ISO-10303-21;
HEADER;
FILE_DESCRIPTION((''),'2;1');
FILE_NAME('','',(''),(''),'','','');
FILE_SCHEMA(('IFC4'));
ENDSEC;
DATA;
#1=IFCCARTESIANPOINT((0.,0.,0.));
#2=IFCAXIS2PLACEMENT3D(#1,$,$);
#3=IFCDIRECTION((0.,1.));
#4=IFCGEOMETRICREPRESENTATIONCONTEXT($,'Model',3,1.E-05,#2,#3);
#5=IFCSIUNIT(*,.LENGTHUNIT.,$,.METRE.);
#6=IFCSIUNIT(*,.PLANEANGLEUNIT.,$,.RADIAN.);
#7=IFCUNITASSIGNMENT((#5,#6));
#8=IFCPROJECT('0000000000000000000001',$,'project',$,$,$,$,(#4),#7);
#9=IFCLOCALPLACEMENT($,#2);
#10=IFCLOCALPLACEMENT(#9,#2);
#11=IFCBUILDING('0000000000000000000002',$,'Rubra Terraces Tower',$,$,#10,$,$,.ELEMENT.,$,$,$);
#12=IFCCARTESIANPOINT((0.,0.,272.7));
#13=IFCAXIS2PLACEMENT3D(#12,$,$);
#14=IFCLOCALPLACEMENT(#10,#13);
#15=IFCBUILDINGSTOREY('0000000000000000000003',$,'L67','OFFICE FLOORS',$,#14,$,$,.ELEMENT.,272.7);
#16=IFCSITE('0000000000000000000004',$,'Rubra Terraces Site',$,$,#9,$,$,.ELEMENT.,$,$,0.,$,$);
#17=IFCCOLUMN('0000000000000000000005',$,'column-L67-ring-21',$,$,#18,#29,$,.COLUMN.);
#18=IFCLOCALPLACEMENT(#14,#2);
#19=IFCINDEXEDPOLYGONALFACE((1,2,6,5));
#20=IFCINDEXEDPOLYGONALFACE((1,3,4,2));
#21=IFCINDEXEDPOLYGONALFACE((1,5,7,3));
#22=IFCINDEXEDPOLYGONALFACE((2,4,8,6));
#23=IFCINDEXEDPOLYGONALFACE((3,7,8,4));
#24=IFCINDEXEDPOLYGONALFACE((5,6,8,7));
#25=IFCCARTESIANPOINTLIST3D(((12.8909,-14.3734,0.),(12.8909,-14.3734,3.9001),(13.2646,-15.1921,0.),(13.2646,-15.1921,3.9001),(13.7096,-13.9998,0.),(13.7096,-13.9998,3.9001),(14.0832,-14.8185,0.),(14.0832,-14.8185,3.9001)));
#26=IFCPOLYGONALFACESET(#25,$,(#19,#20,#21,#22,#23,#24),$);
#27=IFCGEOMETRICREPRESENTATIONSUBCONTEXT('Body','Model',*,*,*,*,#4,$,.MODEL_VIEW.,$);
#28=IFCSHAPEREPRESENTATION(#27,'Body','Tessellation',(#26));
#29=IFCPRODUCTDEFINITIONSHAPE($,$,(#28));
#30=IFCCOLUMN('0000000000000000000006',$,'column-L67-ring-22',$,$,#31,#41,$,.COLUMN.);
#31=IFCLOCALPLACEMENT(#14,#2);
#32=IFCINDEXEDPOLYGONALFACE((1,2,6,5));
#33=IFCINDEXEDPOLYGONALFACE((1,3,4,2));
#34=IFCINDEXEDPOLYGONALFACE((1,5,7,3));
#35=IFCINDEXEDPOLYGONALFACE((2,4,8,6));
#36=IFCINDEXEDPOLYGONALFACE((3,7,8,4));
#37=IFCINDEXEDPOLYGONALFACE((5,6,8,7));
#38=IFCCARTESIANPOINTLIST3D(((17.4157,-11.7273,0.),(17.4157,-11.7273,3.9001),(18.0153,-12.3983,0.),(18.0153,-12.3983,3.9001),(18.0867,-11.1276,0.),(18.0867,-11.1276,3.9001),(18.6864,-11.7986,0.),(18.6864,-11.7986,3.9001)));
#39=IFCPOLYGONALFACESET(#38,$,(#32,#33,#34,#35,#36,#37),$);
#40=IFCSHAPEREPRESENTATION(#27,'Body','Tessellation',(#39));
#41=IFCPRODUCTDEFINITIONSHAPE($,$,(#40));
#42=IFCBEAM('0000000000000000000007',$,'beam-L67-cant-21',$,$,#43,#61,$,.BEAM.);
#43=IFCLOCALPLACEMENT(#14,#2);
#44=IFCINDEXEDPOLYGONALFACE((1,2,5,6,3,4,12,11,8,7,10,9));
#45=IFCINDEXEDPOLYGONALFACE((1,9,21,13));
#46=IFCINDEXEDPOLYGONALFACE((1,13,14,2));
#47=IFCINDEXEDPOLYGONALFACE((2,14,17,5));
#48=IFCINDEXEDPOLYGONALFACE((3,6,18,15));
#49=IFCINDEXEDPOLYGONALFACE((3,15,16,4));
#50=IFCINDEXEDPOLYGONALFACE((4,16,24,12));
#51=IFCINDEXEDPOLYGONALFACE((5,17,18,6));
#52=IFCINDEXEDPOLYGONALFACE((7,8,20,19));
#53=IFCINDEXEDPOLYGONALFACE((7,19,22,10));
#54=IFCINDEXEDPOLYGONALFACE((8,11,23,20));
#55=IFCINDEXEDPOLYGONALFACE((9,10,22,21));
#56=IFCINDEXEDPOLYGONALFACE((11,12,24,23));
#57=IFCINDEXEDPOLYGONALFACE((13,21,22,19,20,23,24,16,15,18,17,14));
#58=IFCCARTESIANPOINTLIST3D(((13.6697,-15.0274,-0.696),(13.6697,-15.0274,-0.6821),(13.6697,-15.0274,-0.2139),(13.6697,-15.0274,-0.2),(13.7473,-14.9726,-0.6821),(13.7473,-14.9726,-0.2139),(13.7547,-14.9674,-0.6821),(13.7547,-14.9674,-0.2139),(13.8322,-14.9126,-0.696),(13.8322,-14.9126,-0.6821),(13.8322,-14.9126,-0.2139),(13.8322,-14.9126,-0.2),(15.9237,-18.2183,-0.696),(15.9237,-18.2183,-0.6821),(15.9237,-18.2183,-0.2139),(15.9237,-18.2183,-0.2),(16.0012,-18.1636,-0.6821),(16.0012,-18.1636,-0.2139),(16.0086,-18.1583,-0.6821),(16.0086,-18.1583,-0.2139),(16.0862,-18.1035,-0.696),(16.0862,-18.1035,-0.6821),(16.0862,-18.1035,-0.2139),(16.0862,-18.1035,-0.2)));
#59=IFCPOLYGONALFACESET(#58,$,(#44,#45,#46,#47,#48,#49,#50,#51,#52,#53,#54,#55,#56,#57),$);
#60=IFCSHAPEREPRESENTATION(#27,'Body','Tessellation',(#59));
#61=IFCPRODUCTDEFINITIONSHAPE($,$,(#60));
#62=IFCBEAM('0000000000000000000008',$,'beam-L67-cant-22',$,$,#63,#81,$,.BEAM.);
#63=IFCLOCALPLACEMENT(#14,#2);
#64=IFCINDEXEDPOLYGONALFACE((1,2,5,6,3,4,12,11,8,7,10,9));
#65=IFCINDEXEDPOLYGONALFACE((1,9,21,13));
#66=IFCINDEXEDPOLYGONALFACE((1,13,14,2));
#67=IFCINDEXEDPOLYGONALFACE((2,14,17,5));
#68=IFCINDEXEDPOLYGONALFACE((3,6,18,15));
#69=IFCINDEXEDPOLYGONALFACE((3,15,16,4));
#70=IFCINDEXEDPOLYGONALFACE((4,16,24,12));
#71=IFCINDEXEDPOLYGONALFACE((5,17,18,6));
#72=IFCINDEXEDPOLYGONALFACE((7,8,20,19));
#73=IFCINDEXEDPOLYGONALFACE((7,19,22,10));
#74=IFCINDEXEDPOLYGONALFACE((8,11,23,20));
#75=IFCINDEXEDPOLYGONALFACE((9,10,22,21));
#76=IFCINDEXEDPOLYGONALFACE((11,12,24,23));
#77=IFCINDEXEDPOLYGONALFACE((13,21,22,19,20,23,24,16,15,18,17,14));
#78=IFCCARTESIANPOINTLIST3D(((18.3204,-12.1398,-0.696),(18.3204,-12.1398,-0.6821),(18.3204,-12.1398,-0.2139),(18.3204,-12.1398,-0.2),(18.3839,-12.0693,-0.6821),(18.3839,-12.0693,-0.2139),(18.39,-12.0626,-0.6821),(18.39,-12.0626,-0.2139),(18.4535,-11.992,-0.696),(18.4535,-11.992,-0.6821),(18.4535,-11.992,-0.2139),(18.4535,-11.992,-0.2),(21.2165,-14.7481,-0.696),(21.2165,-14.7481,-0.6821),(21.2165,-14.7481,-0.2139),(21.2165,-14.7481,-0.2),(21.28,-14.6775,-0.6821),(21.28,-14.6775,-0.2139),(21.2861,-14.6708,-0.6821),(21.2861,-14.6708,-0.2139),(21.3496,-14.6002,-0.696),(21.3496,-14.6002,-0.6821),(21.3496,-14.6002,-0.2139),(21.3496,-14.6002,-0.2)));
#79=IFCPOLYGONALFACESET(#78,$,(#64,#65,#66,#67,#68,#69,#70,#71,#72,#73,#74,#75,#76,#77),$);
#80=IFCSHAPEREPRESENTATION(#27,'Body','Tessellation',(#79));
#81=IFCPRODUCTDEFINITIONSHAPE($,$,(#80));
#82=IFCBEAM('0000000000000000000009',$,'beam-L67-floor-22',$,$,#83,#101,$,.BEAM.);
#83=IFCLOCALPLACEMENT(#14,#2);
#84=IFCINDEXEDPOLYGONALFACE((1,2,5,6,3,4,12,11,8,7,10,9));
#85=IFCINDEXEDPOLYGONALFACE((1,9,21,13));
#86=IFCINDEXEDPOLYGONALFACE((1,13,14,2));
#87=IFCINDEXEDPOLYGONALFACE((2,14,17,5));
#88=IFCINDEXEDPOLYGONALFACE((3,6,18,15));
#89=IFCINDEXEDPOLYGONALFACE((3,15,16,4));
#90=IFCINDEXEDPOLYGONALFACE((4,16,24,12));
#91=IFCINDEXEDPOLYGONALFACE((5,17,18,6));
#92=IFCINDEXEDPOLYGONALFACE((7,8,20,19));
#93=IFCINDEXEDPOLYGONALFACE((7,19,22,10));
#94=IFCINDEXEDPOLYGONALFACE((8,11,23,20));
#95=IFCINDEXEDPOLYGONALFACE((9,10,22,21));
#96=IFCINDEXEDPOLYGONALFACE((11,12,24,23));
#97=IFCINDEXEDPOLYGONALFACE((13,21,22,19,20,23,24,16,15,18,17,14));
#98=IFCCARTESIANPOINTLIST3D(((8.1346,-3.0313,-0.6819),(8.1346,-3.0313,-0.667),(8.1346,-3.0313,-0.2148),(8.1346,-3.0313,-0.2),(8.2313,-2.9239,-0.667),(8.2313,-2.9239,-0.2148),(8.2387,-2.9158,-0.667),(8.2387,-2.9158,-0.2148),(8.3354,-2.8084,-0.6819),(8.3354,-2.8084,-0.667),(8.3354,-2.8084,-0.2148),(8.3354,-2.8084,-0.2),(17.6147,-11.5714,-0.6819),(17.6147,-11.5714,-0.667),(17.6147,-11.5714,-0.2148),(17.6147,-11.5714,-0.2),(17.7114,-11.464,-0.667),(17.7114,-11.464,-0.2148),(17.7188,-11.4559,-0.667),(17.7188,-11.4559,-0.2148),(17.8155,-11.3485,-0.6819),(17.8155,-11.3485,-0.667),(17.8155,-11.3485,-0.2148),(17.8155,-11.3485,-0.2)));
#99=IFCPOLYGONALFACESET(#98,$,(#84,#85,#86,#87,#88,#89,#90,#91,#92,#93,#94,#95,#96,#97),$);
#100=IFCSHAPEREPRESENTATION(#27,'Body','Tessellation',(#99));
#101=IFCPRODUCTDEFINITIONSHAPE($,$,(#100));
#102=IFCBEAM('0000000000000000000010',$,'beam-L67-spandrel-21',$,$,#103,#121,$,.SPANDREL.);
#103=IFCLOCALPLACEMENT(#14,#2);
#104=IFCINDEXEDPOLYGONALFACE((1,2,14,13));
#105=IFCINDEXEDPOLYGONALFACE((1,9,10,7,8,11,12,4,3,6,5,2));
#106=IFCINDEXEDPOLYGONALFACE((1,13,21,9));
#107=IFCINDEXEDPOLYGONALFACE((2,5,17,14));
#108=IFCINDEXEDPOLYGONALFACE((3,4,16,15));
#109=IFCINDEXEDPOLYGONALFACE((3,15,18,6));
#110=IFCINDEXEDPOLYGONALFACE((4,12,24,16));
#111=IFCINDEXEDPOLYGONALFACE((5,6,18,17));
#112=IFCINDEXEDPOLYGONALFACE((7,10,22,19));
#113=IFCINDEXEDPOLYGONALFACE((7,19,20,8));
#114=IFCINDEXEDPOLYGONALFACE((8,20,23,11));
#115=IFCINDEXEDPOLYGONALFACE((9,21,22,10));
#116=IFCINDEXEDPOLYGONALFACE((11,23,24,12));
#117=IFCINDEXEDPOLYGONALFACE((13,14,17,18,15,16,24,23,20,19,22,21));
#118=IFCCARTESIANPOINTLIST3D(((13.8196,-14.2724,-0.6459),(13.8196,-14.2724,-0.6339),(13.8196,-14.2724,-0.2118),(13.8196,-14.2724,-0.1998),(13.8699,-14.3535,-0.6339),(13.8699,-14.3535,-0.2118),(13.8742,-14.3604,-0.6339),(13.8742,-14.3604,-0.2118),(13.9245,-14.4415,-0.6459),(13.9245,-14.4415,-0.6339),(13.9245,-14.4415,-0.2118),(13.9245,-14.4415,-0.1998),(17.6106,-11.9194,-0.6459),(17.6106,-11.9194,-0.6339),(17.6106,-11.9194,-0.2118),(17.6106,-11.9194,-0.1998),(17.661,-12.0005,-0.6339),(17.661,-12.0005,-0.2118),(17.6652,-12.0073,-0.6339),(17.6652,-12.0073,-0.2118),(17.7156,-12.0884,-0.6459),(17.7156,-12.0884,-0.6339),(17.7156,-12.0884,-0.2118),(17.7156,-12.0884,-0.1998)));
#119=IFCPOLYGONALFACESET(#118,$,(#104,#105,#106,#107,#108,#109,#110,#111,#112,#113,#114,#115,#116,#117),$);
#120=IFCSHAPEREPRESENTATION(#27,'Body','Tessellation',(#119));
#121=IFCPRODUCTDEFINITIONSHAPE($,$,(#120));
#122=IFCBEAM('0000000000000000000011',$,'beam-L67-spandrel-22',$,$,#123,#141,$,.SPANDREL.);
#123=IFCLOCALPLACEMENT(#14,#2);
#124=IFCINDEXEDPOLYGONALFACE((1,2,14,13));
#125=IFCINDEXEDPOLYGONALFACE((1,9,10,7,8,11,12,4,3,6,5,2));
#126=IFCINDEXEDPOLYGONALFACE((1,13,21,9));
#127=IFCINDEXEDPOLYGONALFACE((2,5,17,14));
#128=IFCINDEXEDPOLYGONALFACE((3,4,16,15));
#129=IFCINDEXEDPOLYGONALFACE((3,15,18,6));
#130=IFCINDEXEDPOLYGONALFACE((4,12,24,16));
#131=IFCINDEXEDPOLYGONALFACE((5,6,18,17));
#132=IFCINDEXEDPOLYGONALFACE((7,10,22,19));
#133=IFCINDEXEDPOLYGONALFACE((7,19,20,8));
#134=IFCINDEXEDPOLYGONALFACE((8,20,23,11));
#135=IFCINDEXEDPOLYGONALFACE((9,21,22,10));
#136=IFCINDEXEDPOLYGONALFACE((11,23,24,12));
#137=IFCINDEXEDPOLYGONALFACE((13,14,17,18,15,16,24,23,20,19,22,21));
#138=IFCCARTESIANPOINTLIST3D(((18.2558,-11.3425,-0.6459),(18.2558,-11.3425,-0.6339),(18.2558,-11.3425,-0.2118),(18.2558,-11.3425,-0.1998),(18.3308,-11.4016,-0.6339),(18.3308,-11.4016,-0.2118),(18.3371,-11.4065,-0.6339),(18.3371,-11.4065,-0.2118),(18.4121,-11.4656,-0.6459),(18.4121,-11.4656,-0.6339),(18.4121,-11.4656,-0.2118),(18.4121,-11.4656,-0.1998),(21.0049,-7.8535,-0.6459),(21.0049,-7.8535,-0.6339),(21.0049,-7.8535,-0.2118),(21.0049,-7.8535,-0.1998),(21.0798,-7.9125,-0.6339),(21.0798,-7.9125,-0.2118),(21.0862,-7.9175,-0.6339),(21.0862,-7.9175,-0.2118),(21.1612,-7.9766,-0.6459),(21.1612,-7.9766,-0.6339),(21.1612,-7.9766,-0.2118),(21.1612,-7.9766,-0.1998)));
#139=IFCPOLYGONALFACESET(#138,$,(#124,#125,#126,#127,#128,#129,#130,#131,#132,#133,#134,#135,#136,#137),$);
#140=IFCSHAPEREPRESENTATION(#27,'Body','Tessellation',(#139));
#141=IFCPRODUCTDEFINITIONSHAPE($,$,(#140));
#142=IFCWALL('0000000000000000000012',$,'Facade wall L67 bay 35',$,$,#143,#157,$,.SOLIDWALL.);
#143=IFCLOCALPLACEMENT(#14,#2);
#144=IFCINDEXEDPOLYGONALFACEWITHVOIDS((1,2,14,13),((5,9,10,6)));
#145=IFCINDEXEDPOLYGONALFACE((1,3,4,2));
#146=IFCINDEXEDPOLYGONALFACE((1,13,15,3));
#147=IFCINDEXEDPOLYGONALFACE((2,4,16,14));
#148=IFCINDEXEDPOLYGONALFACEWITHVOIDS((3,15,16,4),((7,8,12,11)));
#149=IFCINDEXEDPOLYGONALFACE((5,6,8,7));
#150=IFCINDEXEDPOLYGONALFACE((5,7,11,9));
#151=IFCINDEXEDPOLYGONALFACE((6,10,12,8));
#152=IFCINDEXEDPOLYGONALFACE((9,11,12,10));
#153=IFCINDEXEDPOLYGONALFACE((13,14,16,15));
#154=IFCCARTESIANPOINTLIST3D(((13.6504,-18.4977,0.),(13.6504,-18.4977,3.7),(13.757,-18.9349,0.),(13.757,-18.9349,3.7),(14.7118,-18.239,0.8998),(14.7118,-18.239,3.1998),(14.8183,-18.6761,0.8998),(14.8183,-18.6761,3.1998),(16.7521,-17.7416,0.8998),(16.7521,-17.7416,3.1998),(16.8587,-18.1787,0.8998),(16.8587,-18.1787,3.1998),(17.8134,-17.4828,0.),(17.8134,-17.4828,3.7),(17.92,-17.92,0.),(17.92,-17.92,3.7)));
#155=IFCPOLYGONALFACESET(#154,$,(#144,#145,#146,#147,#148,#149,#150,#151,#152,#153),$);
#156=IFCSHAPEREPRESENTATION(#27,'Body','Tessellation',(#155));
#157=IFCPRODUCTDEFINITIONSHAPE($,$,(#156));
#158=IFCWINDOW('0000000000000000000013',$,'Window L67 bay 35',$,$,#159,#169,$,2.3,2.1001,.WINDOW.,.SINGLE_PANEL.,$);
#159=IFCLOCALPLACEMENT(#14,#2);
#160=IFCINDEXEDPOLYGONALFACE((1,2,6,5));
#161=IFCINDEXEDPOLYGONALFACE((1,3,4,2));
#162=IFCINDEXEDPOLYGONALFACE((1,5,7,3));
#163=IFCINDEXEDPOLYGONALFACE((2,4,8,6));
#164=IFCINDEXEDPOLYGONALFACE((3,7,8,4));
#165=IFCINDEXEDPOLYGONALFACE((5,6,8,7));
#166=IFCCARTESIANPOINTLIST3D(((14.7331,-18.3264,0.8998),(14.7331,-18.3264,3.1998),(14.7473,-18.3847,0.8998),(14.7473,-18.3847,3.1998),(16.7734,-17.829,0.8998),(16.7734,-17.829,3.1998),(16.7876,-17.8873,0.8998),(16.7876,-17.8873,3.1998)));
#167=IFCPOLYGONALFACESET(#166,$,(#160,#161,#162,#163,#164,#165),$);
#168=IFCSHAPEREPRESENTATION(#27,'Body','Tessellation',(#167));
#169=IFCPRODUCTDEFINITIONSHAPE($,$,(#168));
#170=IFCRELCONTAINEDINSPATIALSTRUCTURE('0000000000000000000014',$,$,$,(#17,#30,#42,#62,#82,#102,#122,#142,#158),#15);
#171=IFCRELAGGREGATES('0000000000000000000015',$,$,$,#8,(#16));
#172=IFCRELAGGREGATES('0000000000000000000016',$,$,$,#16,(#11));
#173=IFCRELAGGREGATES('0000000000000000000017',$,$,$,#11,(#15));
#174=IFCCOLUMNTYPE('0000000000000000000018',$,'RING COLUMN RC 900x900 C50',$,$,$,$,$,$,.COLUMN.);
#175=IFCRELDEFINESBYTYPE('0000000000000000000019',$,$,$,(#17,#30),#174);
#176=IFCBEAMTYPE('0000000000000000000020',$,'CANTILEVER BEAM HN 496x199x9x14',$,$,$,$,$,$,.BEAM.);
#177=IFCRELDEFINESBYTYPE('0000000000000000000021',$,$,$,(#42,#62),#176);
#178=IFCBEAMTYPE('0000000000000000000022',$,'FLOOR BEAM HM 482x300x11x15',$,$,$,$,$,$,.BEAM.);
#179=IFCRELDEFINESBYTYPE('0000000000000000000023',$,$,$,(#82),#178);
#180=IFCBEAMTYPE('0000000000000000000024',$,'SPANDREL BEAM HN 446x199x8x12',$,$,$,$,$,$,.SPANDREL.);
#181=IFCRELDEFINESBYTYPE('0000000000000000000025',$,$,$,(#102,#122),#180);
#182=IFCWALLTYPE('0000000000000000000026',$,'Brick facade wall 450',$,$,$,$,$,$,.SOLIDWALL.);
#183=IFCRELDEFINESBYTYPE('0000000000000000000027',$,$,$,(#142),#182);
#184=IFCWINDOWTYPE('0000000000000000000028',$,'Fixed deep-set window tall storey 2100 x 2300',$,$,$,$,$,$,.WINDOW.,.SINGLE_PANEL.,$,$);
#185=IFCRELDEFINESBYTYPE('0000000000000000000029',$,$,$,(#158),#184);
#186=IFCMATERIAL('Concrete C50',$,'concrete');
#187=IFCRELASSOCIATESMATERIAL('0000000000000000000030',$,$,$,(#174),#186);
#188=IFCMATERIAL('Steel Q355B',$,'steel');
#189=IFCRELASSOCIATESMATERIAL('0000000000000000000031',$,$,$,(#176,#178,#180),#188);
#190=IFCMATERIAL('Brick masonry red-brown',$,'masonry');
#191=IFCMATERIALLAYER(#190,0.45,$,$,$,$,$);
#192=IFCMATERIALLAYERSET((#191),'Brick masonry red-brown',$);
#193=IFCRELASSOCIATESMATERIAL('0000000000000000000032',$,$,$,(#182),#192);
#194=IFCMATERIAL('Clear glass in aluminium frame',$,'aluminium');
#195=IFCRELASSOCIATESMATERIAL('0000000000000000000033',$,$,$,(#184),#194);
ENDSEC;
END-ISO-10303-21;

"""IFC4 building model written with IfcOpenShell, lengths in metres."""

from ifc_helpers import new_model, si_unit, direction, frame, frame_2d, origin, origin_2d, place, context, subcontext, project, spatial, rectangle, i_section, extrude, material, layer, layer_set, material_profile, profile_set, type_object, element, fill, save


model = new_model("IFC4")

# Units and contexts
model_context = context("Model", 3, precision=1e-05, world=origin(), true_north=direction((0.0, 1.0)))
body_context = subcontext(model_context, "Body", "Model", "MODEL_VIEW")
ifc_project = project(units=[si_unit("LENGTHUNIT", "METRE"), si_unit("PLANEANGLEUNIT", "RADIAN")], contexts=[model_context])

# Site, building, storey
site_placement = place(None, origin())
site = spatial("IfcSite", under=ifc_project, at=site_placement, Name="Rubra Terraces Site", CompositionType="ELEMENT", RefElevation=0.0)
building_placement = place(site_placement, origin())
building = spatial("IfcBuilding", under=site, at=building_placement, Name="Rubra Terraces Tower", CompositionType="ELEMENT")
storey_placement = place(building_placement, frame((0.0, 0.0, 272.7)))
storey = spatial("IfcBuildingStorey", under=building, at=storey_placement, Name="L67", Description="OFFICE FLOORS", CompositionType="ELEMENT", Elevation=272.7)

# Columns
ifc_material_1 = material(Name="Concrete C50", Category="concrete")
ifc_material_profile_1 = material_profile(ifc_material_1, rectangle(XDim=0.8999, YDim=0.8999, at=origin_2d()), Name="RC 900x900")
ifc_profile_set_1 = profile_set([ifc_material_profile_1], Name="Concrete C50")
column_type = type_object("IfcColumnType", Name="RING COLUMN RC 900x900 C50", PredefinedType="COLUMN", material=ifc_profile_set_1)
for number, where, z_axis, x_axis, name in (
    (1, (13.4871, -14.5959, 0.0), (0.0, 0.0, 1.0), (0.909726, 0.415208, 0.0), "column-L67-ring-21"),
    (2, (18.051, -11.7629, 0.0), (0.0, 0.0, 1.0), (0.745642, 0.666347, 0.0), "column-L67-ring-22"),
):
    element("IfcColumn", number, at=place(storey_placement, frame(where, z_axis=z_axis, x_axis=x_axis)), inside=storey, type_object=column_type, Name=name, PredefinedType="COLUMN", context=body_context, shape_type="SweptSolid", body=[
        extrude(rectangle(XDim=0.8999, YDim=0.8999, at=origin_2d()), origin(), (0.0, 0.0, 1.0), 3.9001),
    ])

# Beams
ifc_material_2 = material(Name="Steel Q355B", Category="steel")
ifc_material_profile_2 = material_profile(ifc_material_2, i_section(OverallWidth=0.199, OverallDepth=0.4961, WebThickness=0.009, FlangeThickness=0.0139, at=origin_2d()), Name="HN 496x199x9x14")
ifc_profile_set_2 = profile_set([ifc_material_profile_2], Name="Steel Q355B")
beam_type_1 = type_object("IfcBeamType", Name="CANTILEVER BEAM HN 496x199x9x14", PredefinedType="BEAM", material=ifc_profile_set_2)
beam_1_placement = place(storey_placement, frame((13.751, -14.97, -0.448), z_axis=(0.576938, -0.816788, 0.0), x_axis=(0.816788, 0.576938, 0.0)))
element("IfcBeam", 3, at=beam_1_placement, inside=storey, type_object=beam_type_1, Name="beam-L67-cant-21", PredefinedType="BEAM", context=body_context, shape_type="SweptSolid", body=[
    extrude(i_section(OverallWidth=0.199, OverallDepth=0.4961, WebThickness=0.009, FlangeThickness=0.0139, at=origin_2d()), origin(), (0.0, 0.0, 1.0), 3.9067),
])
beam_2_placement = place(storey_placement, frame((18.387, -12.0659, -0.448), z_axis=(0.74307, -0.669214, 0.0), x_axis=(0.669214, 0.74307, 0.0)))
element("IfcBeam", 4, at=beam_2_placement, inside=storey, type_object=beam_type_1, Name="beam-L67-cant-22", PredefinedType="BEAM", context=body_context, shape_type="SweptSolid", body=[
    extrude(i_section(OverallWidth=0.199, OverallDepth=0.4961, WebThickness=0.009, FlangeThickness=0.0139, at=origin_2d()), origin(), (0.0, 0.0, 1.0), 3.8975),
])
ifc_material_profile_3 = material_profile(ifc_material_2, i_section(OverallWidth=0.3, OverallDepth=0.4819, WebThickness=0.011, FlangeThickness=0.0149, at=origin_2d()), Name="HM 482x300x11x15")
ifc_profile_set_3 = profile_set([ifc_material_profile_3], Name="Steel Q355B")
beam_type_2 = type_object("IfcBeamType", Name="FLOOR BEAM HM 482x300x11x15", PredefinedType="BEAM", material=ifc_profile_set_3)
beam_3_placement = place(storey_placement, frame((17.7151, -11.46, -0.4409), z_axis=(-0.74298, 0.669314, 0.0), x_axis=(-0.669314, -0.74298, 0.0)))
element("IfcBeam", 5, at=beam_3_placement, inside=storey, type_object=beam_type_2, Name="beam-L67-floor-22", PredefinedType="BEAM", context=body_context, shape_type="SweptSolid", body=[
    extrude(i_section(OverallWidth=0.3, OverallDepth=0.4819, WebThickness=0.011, FlangeThickness=0.0149, at=origin_2d()), origin(), (0.0, 0.0, 1.0), 12.7595),
])
ifc_material_profile_4 = material_profile(ifc_material_2, i_section(OverallWidth=0.199, OverallDepth=0.446, WebThickness=0.0081, FlangeThickness=0.012, at=origin_2d()), Name="HN 446x199x8x12")
ifc_profile_set_4 = profile_set([ifc_material_profile_4], Name="Steel Q355B")
beam_type_3 = type_object("IfcBeamType", Name="SPANDREL BEAM HN 446x199x8x12", PredefinedType="SPANDREL", material=ifc_profile_set_4)
beam_4_placement = place(storey_placement, frame((13.8721, -14.3569, -0.4229), z_axis=(0.849642, 0.52736, 0.0), x_axis=(-0.52736, 0.849642, 0.0)))
element("IfcBeam", 6, at=beam_4_placement, inside=storey, type_object=beam_type_3, Name="beam-L67-spandrel-21", PredefinedType="SPANDREL", context=body_context, shape_type="SweptSolid", body=[
    extrude(i_section(OverallWidth=0.199, OverallDepth=0.446, WebThickness=0.0081, FlangeThickness=0.012, at=origin_2d()), origin(), (0.0, 0.0, 1.0), 4.4619),
])
beam_5_placement = place(storey_placement, frame((18.334, -11.4041, -0.4229), z_axis=(0.618887, 0.78548, 0.0), x_axis=(-0.78548, 0.618887, 0.0)))
element("IfcBeam", 7, at=beam_5_placement, inside=storey, type_object=beam_type_3, Name="beam-L67-spandrel-22", PredefinedType="SPANDREL", context=body_context, shape_type="SweptSolid", body=[
    extrude(i_section(OverallWidth=0.199, OverallDepth=0.446, WebThickness=0.0081, FlangeThickness=0.012, at=origin_2d()), origin(), (0.0, 0.0, 1.0), 4.4419),
])

# Wall, opening, window
ifc_material_3 = material(Name="Brick masonry red-brown", Category="masonry")
ifc_layer_1 = layer(ifc_material_3, 0.45)
ifc_layer_set_1 = layer_set([ifc_layer_1], Name="Brick masonry red-brown")
wall_type_1 = type_object("IfcWallType", Name="Brick facade wall 450", PredefinedType="SOLIDWALL", material=ifc_layer_set_1)
wall_1_placement = place(storey_placement, frame((13.7036, -18.7163, 0.0), z_axis=(0.0, 0.0, 1.0), x_axis=(0.971547, 0.236847, 0.0)))
wall_1 = element("IfcWall", 8, at=wall_1_placement, inside=storey, type_object=wall_type_1, Name="Facade wall L67 bay 35", PredefinedType="SOLIDWALL", context=body_context, shape_type="SweptSolid", body=[
    extrude(rectangle(XDim=4.2849, YDim=0.45, at=frame_2d((2.1426, 0.0))), origin(), (0.0, 0.0, 1.0), 3.7),
])
opening_1_placement = place(wall_1_placement, frame((1.0925, 0.0, 0.8999)))
opening_1 = element("IfcOpeningElement", 9, at=opening_1_placement, cuts=wall_1, PredefinedType="OPENING", context=body_context, shape_type="SweptSolid", body=[
    extrude(rectangle(XDim=2.1001, YDim=2.3, at=frame_2d((1.05, 1.1499))), frame((0.0, 0.2349, 0.0), z_axis=(0.0, -1.0, 0.0), x_axis=(1.0, 0.0, 0.0)), (0.0, 0.0, 1.0), 0.47),
])
ifc_material_4 = material(Name="Clear glass in aluminium frame", Category="aluminium")
window_type = type_object("IfcWindowType", Name="Fixed deep-set window tall storey 2100 x 2300", PartitioningType="SINGLE_PANEL", PredefinedType="WINDOW", material=ifc_material_4)
window_1_placement = place(opening_1_placement, origin())
window_1 = element("IfcWindow", 10, at=window_1_placement, inside=storey, type_object=window_type, Name="Window L67 bay 35", OverallHeight=2.3, OverallWidth=2.1001, PartitioningType="SINGLE_PANEL", PredefinedType="WINDOW", context=body_context, shape_type="SweptSolid", body=[
    extrude(rectangle(XDim=2.1001, YDim=2.3, at=frame_2d((1.05, 1.1499))), frame((0.0, 0.135, 0.0), z_axis=(0.0, -1.0, 0.0), x_axis=(1.0, 0.0, 0.0)), (0.0, 0.0, 1.0), 0.0601),
])
fill(opening_1, window_1)

save(model, "model.ifc")
